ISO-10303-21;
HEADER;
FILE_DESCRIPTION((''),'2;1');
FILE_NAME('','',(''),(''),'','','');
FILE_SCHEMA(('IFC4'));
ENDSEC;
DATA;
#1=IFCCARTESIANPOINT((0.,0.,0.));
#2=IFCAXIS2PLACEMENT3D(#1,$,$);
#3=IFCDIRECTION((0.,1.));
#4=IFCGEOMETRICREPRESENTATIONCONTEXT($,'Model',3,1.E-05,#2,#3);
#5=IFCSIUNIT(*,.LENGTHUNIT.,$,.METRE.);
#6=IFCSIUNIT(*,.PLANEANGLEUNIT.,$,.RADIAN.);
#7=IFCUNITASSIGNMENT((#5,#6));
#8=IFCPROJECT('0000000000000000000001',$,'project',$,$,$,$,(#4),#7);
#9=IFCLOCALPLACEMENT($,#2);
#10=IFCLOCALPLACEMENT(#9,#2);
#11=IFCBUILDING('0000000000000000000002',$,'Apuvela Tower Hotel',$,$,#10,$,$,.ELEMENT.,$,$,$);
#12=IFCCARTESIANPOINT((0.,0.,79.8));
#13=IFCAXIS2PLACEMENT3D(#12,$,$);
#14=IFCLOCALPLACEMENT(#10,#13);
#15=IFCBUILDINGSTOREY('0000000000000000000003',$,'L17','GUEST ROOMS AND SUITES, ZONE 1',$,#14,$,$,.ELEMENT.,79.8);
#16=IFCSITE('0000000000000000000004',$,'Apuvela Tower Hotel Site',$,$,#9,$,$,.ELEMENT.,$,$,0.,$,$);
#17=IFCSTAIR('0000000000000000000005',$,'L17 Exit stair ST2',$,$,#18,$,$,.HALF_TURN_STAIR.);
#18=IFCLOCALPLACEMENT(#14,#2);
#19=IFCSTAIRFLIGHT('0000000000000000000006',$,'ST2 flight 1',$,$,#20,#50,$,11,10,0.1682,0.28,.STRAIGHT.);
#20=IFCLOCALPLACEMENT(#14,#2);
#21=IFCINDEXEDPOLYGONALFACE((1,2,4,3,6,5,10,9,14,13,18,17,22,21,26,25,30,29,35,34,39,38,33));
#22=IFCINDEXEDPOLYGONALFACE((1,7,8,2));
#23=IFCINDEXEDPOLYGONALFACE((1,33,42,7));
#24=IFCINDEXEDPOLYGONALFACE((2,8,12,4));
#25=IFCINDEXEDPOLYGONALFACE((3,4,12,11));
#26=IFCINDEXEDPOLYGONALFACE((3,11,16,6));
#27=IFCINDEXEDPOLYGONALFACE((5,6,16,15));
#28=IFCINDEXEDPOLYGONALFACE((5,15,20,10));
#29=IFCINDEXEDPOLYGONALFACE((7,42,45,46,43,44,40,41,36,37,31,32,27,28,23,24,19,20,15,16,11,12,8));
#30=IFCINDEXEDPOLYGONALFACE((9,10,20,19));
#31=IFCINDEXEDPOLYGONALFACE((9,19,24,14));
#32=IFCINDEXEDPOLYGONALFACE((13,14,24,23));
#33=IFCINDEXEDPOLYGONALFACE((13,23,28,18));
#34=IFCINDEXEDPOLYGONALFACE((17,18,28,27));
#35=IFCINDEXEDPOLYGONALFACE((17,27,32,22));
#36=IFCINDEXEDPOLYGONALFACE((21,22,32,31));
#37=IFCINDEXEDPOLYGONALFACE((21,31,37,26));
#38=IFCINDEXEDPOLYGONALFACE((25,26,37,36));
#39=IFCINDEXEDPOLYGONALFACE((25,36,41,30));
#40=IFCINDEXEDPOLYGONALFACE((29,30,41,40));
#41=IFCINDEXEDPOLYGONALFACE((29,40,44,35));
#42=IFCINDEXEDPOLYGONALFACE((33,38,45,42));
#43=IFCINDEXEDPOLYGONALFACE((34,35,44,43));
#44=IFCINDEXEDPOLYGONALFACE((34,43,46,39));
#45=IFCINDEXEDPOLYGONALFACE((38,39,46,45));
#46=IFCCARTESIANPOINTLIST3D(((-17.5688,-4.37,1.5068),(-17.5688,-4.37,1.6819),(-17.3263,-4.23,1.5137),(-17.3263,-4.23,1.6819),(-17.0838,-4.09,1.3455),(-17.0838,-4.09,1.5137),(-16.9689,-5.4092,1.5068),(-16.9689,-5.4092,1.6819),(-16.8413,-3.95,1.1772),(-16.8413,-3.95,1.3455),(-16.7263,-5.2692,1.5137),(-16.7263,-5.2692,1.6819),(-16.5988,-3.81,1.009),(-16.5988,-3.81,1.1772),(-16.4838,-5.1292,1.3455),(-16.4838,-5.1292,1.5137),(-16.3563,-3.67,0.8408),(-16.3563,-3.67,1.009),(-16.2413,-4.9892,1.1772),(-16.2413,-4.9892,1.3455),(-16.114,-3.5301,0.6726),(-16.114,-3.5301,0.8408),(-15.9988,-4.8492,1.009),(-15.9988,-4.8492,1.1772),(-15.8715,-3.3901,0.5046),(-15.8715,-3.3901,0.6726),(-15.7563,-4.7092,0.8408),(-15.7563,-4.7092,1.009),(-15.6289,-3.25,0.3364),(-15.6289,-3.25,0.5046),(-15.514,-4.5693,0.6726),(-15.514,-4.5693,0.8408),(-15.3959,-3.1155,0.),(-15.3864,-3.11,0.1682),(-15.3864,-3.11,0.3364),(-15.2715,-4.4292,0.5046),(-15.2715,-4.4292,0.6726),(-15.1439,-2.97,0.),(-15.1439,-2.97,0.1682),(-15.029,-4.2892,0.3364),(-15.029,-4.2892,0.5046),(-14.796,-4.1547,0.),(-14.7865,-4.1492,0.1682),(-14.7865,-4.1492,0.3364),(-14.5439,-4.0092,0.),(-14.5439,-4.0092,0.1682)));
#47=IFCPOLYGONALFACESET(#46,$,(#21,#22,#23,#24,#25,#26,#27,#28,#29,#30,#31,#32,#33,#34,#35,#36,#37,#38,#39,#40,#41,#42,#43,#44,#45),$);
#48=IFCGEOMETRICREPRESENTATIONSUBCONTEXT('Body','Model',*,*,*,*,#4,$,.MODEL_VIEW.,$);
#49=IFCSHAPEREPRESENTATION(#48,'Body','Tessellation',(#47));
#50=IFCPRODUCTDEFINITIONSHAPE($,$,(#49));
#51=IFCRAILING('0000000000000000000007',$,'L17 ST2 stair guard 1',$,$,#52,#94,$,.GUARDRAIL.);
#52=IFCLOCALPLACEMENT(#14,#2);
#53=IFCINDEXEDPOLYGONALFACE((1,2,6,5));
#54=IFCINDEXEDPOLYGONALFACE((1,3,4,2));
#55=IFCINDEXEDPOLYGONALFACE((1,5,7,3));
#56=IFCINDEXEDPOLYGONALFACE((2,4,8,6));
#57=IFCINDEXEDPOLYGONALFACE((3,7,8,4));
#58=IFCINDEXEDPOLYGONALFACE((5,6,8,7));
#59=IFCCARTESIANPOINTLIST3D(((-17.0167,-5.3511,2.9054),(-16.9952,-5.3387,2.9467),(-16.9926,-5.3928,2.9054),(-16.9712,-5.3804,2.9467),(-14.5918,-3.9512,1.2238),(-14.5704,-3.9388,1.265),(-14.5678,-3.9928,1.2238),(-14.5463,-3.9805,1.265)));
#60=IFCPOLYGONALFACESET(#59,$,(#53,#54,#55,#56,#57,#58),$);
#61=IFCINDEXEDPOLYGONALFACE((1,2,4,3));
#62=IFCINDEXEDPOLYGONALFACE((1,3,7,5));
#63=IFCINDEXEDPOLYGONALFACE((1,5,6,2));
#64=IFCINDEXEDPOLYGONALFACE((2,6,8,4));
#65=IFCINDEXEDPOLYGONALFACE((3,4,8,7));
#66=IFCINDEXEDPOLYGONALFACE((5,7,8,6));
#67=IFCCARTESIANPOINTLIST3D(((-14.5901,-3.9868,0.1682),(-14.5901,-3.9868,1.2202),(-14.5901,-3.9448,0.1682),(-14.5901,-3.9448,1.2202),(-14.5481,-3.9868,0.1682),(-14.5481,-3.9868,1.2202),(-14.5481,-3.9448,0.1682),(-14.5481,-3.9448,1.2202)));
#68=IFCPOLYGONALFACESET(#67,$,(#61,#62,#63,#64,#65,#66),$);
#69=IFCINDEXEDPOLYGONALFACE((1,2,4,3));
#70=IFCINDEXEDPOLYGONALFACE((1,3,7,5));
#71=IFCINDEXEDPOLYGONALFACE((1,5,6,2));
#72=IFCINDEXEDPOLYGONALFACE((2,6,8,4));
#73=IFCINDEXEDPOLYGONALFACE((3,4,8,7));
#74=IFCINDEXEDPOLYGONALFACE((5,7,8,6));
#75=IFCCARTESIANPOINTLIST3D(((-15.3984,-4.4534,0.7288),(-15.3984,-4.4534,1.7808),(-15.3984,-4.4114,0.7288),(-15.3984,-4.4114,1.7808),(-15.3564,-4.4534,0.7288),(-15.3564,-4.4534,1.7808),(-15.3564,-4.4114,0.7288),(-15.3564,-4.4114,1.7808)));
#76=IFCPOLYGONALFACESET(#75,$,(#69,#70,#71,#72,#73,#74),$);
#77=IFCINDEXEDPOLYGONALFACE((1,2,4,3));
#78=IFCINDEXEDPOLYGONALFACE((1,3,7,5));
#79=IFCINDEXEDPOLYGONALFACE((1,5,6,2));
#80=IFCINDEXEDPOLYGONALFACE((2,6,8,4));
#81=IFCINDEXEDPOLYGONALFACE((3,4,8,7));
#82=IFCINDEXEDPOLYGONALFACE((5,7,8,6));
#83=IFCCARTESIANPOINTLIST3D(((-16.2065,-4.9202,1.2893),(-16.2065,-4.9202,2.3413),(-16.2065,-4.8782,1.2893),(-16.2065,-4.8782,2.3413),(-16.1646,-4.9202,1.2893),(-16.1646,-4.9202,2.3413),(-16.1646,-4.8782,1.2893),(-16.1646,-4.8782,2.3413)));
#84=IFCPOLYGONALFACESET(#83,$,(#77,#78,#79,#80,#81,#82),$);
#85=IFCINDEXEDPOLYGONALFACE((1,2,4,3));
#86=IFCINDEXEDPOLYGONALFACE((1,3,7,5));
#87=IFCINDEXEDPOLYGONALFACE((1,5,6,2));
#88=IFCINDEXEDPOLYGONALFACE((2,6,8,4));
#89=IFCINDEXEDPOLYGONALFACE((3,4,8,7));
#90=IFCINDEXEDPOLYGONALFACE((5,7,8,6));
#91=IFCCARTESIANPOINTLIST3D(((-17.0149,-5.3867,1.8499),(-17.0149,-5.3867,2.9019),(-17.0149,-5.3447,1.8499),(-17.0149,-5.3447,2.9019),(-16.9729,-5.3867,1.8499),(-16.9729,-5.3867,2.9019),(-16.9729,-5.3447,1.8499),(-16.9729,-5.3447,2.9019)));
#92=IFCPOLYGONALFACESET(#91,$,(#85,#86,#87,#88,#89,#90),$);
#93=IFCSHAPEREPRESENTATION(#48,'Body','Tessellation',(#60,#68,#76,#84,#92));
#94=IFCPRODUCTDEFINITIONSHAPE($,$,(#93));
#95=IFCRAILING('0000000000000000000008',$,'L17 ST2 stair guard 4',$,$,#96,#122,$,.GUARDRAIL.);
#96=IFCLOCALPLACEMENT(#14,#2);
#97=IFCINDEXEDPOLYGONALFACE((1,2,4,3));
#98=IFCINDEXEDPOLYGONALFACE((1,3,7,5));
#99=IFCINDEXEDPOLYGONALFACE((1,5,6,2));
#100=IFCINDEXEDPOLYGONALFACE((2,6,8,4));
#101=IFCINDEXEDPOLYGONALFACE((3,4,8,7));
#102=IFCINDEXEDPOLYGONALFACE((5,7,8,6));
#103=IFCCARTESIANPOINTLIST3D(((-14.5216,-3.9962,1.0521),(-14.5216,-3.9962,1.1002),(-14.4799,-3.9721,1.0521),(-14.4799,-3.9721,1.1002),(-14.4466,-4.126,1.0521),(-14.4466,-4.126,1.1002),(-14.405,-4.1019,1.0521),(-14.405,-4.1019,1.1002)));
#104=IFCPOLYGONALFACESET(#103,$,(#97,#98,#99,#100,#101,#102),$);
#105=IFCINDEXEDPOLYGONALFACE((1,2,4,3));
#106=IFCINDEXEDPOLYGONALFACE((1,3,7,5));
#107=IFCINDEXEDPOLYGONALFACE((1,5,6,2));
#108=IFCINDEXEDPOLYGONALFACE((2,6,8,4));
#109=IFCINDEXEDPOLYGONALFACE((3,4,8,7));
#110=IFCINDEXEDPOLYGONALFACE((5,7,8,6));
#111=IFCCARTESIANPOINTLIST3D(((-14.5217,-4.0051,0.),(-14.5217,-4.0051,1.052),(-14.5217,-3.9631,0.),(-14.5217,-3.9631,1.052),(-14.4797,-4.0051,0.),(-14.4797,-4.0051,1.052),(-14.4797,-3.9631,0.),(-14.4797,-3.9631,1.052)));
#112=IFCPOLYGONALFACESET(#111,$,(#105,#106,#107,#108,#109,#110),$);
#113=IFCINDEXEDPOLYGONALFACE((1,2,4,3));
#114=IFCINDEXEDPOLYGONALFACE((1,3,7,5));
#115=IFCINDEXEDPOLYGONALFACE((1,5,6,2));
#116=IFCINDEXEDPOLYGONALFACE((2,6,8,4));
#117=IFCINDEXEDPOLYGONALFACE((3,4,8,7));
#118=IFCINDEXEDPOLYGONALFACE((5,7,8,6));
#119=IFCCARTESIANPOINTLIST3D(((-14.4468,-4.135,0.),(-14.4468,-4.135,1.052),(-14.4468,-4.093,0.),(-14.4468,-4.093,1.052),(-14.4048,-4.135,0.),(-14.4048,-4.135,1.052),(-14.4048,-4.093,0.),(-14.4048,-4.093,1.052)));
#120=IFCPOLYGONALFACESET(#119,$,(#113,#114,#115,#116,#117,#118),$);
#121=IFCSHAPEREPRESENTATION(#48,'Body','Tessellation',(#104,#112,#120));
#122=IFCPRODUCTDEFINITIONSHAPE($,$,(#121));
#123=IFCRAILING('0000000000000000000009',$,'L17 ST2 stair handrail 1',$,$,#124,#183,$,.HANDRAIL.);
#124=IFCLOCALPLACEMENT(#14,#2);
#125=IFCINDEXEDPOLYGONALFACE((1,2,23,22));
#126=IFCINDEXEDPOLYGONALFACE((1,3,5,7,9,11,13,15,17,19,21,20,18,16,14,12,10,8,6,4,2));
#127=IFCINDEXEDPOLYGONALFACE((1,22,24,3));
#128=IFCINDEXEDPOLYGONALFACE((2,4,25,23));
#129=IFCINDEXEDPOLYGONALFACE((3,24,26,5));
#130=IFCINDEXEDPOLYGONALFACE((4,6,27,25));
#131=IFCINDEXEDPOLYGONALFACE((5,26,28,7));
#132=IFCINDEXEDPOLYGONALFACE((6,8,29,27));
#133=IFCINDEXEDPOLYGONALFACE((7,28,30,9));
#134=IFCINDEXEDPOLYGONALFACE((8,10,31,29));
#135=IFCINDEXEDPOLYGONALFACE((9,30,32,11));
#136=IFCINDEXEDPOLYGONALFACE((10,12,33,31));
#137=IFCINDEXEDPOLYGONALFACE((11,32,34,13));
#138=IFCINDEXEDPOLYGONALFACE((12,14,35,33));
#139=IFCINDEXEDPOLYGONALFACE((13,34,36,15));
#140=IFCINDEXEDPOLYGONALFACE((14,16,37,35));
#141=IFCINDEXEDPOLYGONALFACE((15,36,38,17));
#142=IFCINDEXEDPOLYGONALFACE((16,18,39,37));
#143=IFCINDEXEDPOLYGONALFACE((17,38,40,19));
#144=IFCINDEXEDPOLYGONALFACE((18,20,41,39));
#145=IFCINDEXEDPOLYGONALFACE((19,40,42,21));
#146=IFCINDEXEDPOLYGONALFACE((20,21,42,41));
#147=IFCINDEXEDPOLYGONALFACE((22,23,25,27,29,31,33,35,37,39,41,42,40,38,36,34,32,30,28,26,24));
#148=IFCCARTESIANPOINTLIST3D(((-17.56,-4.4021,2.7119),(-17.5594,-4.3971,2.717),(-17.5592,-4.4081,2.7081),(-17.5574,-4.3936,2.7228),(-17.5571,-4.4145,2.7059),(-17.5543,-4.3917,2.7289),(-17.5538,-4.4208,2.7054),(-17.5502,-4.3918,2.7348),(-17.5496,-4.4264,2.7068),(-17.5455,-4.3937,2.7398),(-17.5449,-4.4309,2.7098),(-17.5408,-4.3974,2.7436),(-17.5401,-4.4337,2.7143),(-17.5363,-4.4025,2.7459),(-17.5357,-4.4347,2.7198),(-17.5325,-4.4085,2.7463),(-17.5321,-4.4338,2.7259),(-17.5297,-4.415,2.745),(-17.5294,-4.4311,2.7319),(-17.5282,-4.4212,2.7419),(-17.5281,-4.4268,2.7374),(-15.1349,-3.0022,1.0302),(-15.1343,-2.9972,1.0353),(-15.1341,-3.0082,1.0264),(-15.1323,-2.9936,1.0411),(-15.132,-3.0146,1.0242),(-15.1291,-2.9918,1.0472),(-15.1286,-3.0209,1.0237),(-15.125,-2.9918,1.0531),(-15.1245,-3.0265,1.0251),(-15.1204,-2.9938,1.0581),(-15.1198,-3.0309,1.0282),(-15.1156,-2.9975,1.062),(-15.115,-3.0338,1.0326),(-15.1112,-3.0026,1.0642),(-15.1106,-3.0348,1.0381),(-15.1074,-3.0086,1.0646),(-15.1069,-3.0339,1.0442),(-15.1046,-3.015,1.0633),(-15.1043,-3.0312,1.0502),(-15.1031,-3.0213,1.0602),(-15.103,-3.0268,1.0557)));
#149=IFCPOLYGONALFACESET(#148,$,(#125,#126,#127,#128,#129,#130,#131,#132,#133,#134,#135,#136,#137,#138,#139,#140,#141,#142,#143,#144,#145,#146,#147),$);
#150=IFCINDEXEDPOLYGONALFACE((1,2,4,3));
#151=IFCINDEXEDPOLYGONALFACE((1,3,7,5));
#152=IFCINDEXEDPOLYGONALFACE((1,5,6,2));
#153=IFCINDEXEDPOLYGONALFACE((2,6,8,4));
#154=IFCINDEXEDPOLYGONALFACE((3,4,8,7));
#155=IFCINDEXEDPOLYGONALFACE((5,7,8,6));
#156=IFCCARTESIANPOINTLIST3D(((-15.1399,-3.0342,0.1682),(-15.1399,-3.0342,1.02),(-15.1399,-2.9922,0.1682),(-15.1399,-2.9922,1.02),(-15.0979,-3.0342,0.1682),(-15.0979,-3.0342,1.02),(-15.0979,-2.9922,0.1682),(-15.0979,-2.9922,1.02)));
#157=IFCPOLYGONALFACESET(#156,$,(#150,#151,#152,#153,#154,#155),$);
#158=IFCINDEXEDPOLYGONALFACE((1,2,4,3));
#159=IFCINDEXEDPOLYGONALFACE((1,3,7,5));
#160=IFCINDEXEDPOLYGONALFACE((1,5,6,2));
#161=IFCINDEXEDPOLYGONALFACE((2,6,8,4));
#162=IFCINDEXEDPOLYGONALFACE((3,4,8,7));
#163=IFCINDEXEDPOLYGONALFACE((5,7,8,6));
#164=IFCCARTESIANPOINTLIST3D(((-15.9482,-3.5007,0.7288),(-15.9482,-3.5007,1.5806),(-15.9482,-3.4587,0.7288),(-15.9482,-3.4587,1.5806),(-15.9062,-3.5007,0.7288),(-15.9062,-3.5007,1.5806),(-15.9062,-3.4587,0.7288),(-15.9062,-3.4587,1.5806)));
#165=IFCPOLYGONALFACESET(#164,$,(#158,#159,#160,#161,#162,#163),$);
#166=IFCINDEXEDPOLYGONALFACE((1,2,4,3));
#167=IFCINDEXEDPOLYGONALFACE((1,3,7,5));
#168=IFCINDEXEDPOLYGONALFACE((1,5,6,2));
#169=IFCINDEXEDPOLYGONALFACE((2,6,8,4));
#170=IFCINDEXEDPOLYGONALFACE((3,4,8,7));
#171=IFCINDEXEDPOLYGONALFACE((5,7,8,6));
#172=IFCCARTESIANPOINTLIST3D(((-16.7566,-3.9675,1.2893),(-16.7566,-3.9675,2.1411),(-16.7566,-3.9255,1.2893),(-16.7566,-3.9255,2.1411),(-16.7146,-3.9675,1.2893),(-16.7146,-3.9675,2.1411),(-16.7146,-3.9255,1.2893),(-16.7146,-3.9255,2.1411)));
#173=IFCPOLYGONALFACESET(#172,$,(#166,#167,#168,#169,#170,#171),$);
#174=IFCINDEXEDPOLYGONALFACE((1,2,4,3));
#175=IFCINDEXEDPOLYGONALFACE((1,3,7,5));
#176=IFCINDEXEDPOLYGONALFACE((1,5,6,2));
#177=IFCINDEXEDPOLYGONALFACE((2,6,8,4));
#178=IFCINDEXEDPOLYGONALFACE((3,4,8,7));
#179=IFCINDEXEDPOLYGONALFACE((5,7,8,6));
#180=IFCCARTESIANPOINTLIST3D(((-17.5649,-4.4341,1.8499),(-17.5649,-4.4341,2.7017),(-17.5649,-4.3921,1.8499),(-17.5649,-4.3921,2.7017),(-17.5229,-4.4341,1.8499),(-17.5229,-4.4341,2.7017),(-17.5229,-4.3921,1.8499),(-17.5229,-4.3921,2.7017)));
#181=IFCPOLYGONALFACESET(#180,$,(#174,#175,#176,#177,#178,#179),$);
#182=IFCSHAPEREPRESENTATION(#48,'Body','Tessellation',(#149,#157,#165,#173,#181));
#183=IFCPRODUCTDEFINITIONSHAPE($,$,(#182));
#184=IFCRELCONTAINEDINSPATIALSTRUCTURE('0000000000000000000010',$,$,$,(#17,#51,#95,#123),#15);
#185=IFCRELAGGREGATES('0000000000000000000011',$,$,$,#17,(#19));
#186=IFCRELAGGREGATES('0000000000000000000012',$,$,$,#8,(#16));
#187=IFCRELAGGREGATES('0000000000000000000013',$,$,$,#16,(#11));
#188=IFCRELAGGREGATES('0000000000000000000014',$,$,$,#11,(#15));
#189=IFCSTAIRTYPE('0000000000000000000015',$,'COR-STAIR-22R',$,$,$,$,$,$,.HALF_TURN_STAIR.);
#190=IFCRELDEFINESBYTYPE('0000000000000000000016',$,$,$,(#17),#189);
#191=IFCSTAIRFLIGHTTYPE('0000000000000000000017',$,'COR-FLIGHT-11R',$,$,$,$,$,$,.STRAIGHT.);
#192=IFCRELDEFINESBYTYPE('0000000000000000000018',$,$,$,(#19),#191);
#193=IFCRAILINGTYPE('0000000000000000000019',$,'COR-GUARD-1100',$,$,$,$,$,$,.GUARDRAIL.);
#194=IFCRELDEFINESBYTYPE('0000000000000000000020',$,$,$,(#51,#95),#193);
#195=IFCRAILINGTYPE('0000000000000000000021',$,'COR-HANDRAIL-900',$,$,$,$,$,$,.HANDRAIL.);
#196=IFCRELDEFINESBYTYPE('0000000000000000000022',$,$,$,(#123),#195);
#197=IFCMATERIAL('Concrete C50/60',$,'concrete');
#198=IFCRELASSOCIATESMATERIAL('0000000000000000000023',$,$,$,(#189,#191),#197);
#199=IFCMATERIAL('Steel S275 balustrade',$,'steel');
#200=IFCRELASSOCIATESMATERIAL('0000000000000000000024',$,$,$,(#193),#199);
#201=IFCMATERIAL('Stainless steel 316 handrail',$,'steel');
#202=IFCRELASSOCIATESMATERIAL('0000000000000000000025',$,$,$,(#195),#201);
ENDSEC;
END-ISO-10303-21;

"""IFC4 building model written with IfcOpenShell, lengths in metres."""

from ifc_helpers import new_model, si_unit, direction, frame, origin, origin_2d, place, context, subcontext, project, spatial, polyline, rectangle, circle, outline, extrude, material, type_object, element, aggregate, save


model = new_model("IFC4")

# Units and contexts
model_context = context("Model", 3, precision=1e-05, world=origin(), true_north=direction((0.0, 1.0)))
body_context = subcontext(model_context, "Body", "Model", "MODEL_VIEW")
ifc_project = project(units=[si_unit("LENGTHUNIT", "METRE"), si_unit("PLANEANGLEUNIT", "RADIAN")], contexts=[model_context])

# Site, building, storey
site_placement = place(None, origin())
site = spatial("IfcSite", under=ifc_project, at=site_placement, Name="Apuvela Tower Hotel Site", CompositionType="ELEMENT", RefElevation=0.0)
building_placement = place(site_placement, origin())
building = spatial("IfcBuilding", under=site, at=building_placement, Name="Apuvela Tower Hotel", CompositionType="ELEMENT")
storey_placement = place(building_placement, frame((0.0, 0.0, 79.8)))
storey = spatial("IfcBuildingStorey", under=building, at=storey_placement, Name="L17", Description="GUEST ROOMS AND SUITES, ZONE 1", CompositionType="ELEMENT", Elevation=79.8)

# Shared definitions
ifc_material_1 = material(Name="Concrete C50/60", Category="concrete")

# Stair, stair flight
stair_type = type_object("IfcStairType", Name="COR-STAIR-22R", PredefinedType="HALF_TURN_STAIR", material=ifc_material_1)
stair_placement = place(storey_placement, origin())
stair = element("IfcStair", 1, at=stair_placement, inside=storey, type_object=stair_type, Name="L17 Exit stair ST2", PredefinedType="HALF_TURN_STAIR")
stair_flight_type = type_object("IfcStairFlightType", Name="COR-FLIGHT-11R", PredefinedType="STRAIGHT", material=ifc_material_1)
stair_flight_placement = place(storey_placement, frame((-14.844, -3.4895, 0.0), z_axis=(0.0, 0.0, 1.0), x_axis=(-0.866025, -0.5, 0.0)))
stair_flight = element("IfcStairFlight", 2, at=stair_flight_placement, type_object=stair_flight_type, Name="ST2 flight 1", NumberOfRisers=11, NumberOfTreads=10, PredefinedType="STRAIGHT", RiserHeight=0.1682, TreadLength=0.28, context=body_context, shape_type="SweptSolid", body=[
    extrude(outline(polyline([(0.0, 0.0), (0.0, 0.1682), (0.28, 0.1682), (0.28, 0.3364), (0.5601, 0.3364), (0.5601, 0.5046), (0.8401, 0.5046), (0.8401, 0.6726), (1.1201, 0.6726), (1.1201, 0.8408), (1.3999, 0.8408), (1.3999, 1.009), (1.6799, 1.009), (1.6799, 1.1772), (1.96, 1.1772), (1.96, 1.3455), (2.24, 1.3455), (2.24, 1.5137), (2.52, 1.5137), (2.52, 1.6819), (2.8, 1.6819), (2.8, 1.8501), (2.8, 1.5068), (0.291, 0.0), (0.0, 0.0)])), frame((0.0, 0.6001, 0.0), z_axis=(0.0, -1.0, 0.0), x_axis=(1.0, 0.0, 0.0)), (0.0, 0.0, 1.0), 1.2),
])
aggregate(stair, [stair_flight])

# Railings
ifc_material_2 = material(Name="Steel S275 balustrade", Category="steel")
railing_type_1 = type_object("IfcRailingType", Name="COR-GUARD-1100", PredefinedType="GUARDRAIL", material=ifc_material_2)
railing_1_placement = place(storey_placement, frame((-14.5691, -3.9658, 0.1682)))
element("IfcRailing", 3, at=railing_1_placement, inside=storey, type_object=railing_type_1, Name="L17 ST2 stair guard 1", PredefinedType="GUARDRAIL", context=body_context, shape_type="SweptSolid", body=[
    extrude(rectangle(XDim=0.0481, YDim=0.0481, at=origin_2d()), frame((0.0, 0.0, 1.0762), z_axis=(-0.742419, -0.428618, 0.514879), x_axis=(0.499984, -0.866035, 0.0)), (0.0, 0.0, 1.0), 3.2661),
    extrude(rectangle(XDim=0.042, YDim=0.042, at=origin_2d()), origin(), (0.0, 0.0, 1.0), 1.052),
    extrude(rectangle(XDim=0.042, YDim=0.042, at=origin_2d()), frame((-0.8083, -0.4666, 0.5605)), (0.0, 0.0, 1.0), 1.052),
    extrude(rectangle(XDim=0.042, YDim=0.042, at=origin_2d()), frame((-1.6165, -0.9333, 1.1211)), (0.0, 0.0, 1.0), 1.052),
    extrude(rectangle(XDim=0.042, YDim=0.042, at=origin_2d()), frame((-2.4248, -1.3999, 1.6816)), (0.0, 0.0, 1.0), 1.052),
])
railing_2_placement = place(storey_placement, frame((-14.5007, -3.9841, 0.0)))
element("IfcRailing", 4, at=railing_2_placement, inside=storey, type_object=railing_type_1, Name="L17 ST2 stair guard 4", PredefinedType="GUARDRAIL", context=body_context, shape_type="SweptSolid", body=[
    extrude(rectangle(XDim=0.0481, YDim=0.0481, at=origin_2d()), frame((0.0, 0.0, 1.0762), z_axis=(0.499816, -0.866131, 0.0), x_axis=(0.866131, 0.499816, 0.0)), (0.0, 0.0, 1.0), 0.1499),
    extrude(rectangle(XDim=0.042, YDim=0.042, at=origin_2d()), origin(), (0.0, 0.0, 1.0), 1.052),
    extrude(rectangle(XDim=0.042, YDim=0.042, at=origin_2d()), frame((0.075, -0.1299, 0.0)), (0.0, 0.0, 1.0), 1.052),
])
ifc_material_3 = material(Name="Stainless steel 316 handrail", Category="steel")
railing_type_2 = type_object("IfcRailingType", Name="COR-HANDRAIL-900", PredefinedType="HANDRAIL", material=ifc_material_3)
railing_3_placement = place(storey_placement, frame((-15.1189, -3.0132, 0.1682)))
element("IfcRailing", 5, at=railing_3_placement, inside=storey, type_object=railing_type_2, Name="L17 ST2 stair handrail 1", PredefinedType="HANDRAIL", context=body_context, shape_type="SweptSolid", body=[
    extrude(circle(Radius=0.0239, at=origin_2d()), frame((0.0, 0.0, 0.876), z_axis=(-0.742453, -0.428594, 0.514851), x_axis=(0.499946, -0.866056, 0.0)), (0.0, 0.0, 1.0), 3.2664),
    extrude(rectangle(XDim=0.042, YDim=0.042, at=origin_2d()), origin(), (0.0, 0.0, 1.0), 0.8518),
    extrude(rectangle(XDim=0.042, YDim=0.042, at=origin_2d()), frame((-0.8083, -0.4666, 0.5605)), (0.0, 0.0, 1.0), 0.8518),
    extrude(rectangle(XDim=0.042, YDim=0.042, at=origin_2d()), frame((-1.6167, -0.9333, 1.1211)), (0.0, 0.0, 1.0), 0.8518),
    extrude(rectangle(XDim=0.042, YDim=0.042, at=origin_2d()), frame((-2.425, -1.3999, 1.6816)), (0.0, 0.0, 1.0), 0.8518),
])

save(model, "model.ifc")
